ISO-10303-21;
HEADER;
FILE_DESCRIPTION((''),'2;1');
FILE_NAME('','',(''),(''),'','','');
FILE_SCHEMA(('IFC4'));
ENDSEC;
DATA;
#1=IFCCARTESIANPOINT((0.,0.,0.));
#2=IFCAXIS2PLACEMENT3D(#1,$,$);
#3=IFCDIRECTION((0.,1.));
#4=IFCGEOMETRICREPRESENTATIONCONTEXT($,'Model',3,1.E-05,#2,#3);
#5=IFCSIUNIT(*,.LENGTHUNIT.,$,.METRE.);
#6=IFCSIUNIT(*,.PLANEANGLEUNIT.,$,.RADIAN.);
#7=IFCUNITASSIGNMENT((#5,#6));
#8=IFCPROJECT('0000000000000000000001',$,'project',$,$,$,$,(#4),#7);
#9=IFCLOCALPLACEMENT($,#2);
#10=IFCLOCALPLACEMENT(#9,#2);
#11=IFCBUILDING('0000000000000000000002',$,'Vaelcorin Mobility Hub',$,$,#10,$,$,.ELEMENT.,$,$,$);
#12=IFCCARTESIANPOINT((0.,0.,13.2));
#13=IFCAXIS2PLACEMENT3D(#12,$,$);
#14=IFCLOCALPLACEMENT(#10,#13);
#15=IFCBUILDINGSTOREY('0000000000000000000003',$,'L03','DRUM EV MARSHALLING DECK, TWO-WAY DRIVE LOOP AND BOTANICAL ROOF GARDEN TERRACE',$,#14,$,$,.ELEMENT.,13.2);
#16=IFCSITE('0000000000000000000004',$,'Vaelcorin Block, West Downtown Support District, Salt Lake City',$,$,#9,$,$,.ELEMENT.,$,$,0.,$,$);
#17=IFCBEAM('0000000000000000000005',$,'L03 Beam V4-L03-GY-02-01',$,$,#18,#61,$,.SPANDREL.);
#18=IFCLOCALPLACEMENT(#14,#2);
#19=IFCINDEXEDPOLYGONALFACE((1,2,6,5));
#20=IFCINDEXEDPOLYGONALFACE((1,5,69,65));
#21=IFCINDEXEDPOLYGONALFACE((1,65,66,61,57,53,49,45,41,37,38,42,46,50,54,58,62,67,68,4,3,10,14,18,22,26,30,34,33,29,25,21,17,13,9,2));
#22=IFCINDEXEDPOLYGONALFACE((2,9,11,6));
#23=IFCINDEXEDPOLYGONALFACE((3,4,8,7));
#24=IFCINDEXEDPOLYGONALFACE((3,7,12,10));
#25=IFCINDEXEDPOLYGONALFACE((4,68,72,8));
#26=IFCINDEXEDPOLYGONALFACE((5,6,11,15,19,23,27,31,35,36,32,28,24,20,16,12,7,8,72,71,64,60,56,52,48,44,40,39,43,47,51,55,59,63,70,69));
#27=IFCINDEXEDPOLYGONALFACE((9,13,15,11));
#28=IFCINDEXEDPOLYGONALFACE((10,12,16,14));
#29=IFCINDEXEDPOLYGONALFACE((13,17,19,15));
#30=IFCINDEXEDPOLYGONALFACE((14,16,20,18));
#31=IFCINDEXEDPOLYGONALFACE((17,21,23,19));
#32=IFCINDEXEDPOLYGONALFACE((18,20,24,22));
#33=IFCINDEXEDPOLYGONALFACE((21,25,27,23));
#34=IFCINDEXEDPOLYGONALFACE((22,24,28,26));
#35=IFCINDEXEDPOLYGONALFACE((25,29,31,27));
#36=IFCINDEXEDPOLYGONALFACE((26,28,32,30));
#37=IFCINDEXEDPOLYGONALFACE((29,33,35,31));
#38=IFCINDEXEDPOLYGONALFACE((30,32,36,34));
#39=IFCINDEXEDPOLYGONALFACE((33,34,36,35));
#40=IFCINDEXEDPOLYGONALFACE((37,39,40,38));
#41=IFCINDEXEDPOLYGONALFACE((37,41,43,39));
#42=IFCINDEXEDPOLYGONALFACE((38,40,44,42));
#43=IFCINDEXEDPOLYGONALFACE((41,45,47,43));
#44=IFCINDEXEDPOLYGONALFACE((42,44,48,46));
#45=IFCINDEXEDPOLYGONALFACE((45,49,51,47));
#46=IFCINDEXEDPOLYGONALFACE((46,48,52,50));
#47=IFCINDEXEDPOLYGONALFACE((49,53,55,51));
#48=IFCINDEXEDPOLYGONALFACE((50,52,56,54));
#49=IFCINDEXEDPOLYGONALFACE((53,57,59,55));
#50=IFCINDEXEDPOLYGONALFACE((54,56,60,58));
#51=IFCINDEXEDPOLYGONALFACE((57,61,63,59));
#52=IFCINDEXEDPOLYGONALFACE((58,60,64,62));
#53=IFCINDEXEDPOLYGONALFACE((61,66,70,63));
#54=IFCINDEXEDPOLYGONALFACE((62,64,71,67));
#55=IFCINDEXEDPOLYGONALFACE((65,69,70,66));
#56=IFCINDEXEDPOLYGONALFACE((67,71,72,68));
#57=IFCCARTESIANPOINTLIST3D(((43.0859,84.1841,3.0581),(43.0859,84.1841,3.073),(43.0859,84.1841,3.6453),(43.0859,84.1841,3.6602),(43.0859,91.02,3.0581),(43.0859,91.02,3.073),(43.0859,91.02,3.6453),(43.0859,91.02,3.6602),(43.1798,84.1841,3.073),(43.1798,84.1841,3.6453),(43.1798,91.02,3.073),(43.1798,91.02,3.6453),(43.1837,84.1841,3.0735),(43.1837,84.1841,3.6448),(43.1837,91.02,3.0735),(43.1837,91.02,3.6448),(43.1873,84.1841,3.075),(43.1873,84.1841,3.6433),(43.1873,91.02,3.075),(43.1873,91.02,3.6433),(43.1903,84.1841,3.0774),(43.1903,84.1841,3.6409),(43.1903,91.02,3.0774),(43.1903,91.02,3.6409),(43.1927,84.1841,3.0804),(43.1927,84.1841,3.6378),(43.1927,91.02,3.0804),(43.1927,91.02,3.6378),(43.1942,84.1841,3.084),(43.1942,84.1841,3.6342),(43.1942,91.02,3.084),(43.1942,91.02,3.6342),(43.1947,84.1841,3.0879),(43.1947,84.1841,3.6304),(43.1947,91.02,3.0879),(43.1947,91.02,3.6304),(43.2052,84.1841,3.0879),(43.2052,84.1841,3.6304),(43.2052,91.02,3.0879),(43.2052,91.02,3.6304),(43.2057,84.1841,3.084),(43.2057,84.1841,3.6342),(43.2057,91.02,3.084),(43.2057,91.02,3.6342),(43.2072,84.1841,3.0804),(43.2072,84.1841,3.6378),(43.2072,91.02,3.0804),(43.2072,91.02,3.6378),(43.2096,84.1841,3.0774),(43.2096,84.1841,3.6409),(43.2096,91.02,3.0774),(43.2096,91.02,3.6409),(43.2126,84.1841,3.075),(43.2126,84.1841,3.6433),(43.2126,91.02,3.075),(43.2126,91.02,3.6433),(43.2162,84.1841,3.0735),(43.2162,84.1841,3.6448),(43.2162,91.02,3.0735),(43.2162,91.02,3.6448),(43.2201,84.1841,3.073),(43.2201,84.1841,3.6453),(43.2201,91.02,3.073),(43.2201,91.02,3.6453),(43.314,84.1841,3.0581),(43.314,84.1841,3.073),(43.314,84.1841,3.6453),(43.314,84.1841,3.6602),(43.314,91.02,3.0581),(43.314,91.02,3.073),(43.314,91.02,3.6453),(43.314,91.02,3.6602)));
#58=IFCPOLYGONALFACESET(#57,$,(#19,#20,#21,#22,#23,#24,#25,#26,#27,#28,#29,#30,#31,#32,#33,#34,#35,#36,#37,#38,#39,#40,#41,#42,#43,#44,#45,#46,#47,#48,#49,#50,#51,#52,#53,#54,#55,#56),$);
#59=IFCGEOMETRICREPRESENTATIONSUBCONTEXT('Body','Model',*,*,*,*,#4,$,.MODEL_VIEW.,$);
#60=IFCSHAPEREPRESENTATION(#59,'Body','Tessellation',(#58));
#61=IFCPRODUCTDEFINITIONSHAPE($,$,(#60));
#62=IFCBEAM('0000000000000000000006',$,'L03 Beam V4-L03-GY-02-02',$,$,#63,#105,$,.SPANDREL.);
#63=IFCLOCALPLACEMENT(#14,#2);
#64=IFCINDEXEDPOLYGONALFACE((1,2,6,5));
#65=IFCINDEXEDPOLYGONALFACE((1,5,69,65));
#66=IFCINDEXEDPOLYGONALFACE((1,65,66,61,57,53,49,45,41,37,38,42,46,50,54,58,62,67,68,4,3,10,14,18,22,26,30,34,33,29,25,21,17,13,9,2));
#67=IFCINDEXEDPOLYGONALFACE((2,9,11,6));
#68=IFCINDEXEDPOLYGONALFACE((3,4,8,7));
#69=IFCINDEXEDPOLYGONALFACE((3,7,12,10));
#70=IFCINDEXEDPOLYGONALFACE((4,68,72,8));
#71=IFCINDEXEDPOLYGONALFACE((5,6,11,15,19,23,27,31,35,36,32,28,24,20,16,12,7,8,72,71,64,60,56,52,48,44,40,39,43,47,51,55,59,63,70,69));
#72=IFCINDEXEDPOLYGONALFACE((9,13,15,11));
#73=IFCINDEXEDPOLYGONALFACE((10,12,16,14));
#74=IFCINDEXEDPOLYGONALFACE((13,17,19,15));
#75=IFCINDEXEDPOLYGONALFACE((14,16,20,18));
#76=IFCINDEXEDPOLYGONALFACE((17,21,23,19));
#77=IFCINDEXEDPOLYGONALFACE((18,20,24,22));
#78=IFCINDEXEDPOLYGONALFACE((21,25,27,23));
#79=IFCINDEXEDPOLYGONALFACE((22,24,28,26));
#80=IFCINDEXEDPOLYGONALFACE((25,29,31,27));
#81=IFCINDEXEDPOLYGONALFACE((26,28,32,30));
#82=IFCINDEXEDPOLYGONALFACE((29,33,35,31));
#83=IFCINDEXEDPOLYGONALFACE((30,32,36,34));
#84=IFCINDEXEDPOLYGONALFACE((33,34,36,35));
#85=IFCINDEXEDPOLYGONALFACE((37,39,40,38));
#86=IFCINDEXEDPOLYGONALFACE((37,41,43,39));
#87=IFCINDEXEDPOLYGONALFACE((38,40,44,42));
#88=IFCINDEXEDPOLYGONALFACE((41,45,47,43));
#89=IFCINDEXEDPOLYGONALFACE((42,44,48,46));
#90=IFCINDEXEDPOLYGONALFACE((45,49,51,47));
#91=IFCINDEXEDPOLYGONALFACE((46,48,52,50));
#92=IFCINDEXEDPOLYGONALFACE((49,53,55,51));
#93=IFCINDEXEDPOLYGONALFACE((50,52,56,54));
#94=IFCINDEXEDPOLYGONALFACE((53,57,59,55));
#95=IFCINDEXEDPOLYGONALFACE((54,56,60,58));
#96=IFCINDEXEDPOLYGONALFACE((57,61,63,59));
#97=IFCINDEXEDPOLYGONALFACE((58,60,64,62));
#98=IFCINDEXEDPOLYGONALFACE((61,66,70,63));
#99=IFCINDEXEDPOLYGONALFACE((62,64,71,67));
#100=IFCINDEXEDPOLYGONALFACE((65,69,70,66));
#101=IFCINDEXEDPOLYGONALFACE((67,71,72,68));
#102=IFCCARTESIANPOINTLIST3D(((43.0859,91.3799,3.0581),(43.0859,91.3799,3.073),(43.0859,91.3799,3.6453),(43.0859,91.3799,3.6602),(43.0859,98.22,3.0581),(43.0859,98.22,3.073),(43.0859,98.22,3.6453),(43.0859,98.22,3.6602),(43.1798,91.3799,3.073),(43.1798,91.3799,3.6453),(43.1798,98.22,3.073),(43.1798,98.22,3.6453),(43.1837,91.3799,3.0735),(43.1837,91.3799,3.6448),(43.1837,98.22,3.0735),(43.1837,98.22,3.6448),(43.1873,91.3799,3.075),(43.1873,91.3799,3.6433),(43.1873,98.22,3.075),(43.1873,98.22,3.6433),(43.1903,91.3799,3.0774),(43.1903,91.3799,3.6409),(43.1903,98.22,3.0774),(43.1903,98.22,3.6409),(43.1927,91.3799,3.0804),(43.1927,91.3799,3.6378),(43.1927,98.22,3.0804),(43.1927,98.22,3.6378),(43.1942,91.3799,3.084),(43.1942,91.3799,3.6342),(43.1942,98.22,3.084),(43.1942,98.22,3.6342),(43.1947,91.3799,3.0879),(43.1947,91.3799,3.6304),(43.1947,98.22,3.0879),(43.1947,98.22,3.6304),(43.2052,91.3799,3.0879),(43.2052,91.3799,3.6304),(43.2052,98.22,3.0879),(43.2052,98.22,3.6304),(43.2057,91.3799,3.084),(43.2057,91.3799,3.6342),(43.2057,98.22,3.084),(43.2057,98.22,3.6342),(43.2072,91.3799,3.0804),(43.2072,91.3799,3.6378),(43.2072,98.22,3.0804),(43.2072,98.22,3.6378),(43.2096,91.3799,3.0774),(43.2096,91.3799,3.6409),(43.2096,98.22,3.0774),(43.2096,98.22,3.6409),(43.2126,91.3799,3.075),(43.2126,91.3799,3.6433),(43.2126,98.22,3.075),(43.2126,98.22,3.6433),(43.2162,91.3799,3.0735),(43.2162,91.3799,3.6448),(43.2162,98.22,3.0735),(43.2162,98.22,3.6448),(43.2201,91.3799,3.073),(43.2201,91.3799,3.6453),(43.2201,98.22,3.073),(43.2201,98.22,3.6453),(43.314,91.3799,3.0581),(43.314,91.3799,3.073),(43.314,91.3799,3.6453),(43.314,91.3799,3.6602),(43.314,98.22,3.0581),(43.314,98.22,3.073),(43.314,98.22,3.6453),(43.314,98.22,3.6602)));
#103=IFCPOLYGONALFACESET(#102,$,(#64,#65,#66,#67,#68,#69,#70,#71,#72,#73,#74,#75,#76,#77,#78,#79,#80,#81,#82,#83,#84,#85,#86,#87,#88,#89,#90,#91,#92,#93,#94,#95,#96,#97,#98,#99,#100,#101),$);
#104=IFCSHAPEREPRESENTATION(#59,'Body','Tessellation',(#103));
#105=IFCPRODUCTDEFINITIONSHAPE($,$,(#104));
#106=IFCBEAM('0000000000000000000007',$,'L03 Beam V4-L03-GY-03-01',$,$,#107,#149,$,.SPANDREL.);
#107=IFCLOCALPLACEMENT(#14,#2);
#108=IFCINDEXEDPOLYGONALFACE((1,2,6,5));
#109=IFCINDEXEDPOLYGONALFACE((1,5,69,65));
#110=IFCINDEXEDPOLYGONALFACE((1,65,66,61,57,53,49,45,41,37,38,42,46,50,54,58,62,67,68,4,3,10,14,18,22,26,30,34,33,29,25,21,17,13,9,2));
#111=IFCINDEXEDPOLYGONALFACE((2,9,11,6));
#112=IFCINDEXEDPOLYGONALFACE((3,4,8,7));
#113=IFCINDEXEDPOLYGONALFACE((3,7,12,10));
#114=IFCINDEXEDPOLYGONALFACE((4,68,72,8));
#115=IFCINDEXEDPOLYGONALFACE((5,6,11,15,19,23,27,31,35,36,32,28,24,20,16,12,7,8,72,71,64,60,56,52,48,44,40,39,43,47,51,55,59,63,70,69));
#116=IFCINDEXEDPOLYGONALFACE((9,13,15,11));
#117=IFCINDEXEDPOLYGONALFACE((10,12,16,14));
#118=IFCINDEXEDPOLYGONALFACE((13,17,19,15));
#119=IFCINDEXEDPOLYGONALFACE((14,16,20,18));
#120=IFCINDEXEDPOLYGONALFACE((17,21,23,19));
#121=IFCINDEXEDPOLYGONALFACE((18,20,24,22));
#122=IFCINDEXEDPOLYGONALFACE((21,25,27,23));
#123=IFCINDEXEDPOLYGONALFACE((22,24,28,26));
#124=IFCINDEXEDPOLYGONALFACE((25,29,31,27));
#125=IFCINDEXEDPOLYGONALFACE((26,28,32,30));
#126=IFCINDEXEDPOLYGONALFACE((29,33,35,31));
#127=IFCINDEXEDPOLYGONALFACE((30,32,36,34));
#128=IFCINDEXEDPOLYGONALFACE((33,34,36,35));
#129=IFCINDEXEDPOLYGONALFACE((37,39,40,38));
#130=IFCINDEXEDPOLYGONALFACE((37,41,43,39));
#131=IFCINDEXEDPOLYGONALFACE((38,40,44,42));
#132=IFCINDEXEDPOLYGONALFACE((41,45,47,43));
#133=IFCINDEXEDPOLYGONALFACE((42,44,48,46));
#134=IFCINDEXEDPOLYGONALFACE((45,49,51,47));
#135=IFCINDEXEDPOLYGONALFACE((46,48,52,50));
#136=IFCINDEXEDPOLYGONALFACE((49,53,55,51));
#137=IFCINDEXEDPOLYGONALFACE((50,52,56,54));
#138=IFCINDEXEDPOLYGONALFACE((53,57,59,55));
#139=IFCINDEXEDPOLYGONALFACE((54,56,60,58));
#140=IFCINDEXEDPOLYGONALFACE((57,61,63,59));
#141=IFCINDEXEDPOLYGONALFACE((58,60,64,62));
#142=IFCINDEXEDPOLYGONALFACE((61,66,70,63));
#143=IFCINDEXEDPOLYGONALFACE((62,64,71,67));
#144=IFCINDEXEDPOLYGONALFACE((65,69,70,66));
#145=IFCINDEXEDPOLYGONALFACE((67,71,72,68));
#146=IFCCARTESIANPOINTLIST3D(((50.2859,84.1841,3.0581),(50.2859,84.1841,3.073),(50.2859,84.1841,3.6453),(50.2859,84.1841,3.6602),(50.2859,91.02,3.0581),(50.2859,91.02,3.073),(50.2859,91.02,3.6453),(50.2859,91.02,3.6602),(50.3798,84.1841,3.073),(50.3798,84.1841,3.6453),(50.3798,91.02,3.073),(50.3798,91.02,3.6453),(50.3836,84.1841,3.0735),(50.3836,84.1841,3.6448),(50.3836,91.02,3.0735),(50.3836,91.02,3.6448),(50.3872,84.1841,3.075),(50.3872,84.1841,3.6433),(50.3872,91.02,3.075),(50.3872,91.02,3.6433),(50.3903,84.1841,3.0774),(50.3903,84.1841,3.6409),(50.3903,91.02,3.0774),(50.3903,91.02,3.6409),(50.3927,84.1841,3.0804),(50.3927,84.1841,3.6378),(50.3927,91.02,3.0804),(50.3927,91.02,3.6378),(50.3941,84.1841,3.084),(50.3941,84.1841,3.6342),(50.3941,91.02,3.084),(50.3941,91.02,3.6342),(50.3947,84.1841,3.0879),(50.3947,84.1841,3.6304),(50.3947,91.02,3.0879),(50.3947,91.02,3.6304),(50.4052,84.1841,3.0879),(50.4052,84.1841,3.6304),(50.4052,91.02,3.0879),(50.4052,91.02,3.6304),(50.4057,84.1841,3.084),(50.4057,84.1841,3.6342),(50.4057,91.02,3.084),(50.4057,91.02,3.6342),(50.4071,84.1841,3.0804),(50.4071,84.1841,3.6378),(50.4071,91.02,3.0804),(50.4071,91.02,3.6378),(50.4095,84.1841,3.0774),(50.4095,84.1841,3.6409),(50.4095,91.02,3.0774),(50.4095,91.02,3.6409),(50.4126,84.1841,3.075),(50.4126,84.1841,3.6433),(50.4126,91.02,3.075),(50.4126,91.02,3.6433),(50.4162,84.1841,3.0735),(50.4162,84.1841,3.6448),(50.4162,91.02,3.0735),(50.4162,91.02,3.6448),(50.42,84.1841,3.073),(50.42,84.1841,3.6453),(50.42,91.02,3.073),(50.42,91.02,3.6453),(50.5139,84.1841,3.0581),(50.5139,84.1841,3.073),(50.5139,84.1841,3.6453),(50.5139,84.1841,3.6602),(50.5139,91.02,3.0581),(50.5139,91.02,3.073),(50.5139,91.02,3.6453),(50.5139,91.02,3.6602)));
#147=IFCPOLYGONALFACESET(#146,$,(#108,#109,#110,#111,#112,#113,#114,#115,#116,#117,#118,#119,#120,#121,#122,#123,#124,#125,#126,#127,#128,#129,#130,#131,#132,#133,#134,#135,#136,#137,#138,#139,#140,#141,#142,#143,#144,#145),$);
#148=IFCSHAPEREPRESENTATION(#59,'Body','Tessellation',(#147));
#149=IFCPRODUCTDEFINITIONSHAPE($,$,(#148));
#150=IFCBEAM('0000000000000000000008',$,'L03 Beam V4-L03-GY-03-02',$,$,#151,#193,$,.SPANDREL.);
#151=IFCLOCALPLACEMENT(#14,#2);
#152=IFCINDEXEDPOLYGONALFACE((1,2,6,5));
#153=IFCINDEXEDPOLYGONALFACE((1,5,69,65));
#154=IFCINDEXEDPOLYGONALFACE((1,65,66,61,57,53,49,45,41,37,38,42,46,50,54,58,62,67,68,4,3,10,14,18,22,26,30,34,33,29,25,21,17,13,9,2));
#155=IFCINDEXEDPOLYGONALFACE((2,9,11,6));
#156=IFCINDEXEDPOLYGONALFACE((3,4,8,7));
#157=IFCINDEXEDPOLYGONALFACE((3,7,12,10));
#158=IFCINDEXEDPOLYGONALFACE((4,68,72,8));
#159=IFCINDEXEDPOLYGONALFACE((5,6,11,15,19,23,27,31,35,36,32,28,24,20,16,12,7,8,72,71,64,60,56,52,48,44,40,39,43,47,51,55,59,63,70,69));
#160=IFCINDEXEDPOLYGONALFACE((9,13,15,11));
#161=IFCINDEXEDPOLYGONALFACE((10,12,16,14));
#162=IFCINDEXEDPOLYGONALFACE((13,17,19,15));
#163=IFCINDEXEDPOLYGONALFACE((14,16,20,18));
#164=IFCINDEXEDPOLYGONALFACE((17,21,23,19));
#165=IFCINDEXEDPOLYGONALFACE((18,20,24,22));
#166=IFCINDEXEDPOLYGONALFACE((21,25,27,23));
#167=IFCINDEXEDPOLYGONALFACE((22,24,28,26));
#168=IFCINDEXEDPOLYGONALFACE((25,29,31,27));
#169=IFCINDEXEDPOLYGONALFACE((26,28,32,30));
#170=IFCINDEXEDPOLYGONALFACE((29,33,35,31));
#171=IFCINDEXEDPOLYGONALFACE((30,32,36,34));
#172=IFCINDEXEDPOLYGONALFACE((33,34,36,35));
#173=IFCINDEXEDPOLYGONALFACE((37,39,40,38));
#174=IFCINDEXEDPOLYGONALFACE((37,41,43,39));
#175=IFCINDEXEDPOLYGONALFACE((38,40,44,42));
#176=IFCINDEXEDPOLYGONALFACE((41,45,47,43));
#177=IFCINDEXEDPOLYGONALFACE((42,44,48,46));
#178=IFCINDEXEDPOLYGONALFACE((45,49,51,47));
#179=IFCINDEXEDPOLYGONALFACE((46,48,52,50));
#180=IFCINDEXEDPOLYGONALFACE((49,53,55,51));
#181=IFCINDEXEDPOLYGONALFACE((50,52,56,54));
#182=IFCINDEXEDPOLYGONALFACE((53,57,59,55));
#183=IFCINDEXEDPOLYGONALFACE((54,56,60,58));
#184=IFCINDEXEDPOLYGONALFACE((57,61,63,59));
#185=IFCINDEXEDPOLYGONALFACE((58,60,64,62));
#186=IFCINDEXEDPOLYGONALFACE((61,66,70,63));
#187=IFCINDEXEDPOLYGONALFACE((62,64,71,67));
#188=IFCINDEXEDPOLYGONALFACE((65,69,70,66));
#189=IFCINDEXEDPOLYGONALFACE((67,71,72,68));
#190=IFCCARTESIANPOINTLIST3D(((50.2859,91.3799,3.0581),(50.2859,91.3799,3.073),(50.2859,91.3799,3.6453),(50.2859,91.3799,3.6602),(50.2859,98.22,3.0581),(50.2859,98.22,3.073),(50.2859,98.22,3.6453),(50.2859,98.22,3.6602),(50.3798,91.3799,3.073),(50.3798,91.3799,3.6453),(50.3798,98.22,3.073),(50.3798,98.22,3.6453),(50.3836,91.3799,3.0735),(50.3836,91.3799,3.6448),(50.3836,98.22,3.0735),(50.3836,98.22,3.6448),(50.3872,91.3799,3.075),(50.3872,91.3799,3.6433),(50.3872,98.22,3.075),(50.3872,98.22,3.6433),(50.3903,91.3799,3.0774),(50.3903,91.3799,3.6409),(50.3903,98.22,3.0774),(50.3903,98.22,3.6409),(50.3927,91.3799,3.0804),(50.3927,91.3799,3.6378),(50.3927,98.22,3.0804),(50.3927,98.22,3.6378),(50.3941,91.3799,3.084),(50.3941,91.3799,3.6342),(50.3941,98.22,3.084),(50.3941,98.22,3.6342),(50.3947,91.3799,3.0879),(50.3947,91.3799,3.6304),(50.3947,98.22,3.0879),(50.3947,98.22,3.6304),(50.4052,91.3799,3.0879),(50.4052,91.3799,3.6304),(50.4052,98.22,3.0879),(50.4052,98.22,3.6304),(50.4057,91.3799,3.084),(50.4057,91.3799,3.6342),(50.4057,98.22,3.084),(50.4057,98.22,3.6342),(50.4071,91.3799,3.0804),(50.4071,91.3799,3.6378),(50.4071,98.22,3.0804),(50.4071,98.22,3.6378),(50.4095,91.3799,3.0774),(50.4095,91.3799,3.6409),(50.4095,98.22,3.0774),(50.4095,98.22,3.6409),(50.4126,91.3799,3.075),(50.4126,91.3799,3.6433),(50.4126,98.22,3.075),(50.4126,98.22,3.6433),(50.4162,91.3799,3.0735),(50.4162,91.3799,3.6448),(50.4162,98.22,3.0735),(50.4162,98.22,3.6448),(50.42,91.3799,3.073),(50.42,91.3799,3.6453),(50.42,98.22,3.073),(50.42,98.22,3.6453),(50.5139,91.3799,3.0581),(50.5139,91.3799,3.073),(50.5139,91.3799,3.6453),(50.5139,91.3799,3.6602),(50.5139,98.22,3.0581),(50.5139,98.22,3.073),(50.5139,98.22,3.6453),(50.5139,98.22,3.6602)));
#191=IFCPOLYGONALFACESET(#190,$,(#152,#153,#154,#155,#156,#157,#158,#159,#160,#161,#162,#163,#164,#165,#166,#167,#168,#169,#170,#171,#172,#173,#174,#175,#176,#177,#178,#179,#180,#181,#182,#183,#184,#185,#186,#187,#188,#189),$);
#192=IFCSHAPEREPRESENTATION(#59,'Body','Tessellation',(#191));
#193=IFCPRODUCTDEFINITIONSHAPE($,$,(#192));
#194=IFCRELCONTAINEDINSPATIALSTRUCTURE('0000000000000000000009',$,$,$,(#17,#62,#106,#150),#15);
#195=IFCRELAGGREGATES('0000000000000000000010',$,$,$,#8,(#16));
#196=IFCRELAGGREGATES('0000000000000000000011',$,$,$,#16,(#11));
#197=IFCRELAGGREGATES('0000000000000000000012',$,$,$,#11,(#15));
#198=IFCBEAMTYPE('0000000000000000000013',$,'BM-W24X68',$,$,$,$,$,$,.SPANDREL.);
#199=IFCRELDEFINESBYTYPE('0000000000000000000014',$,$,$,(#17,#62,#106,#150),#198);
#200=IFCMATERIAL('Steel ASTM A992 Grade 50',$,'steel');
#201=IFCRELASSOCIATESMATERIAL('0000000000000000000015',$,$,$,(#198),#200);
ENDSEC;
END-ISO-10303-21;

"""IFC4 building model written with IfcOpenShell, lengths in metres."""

from ifc_helpers import new_model, si_unit, direction, frame, origin, origin_2d, place, context, subcontext, project, spatial, i_section, extrude, material, material_profile, profile_set, type_object, element, save


model = new_model("IFC4")

# Units and contexts
model_context = context("Model", 3, precision=1e-05, world=origin(), true_north=direction((0.0, 1.0)))
body_context = subcontext(model_context, "Body", "Model", "MODEL_VIEW")
ifc_project = project(units=[si_unit("LENGTHUNIT", "METRE"), si_unit("PLANEANGLEUNIT", "RADIAN")], contexts=[model_context])

# Site, building, storey
site_placement = place(None, origin())
site = spatial("IfcSite", under=ifc_project, at=site_placement, Name="Vaelcorin Block, West Downtown Support District, Salt Lake City", CompositionType="ELEMENT", RefElevation=0.0)
building_placement = place(site_placement, origin())
building = spatial("IfcBuilding", under=site, at=building_placement, Name="Vaelcorin Mobility Hub", CompositionType="ELEMENT")
storey_placement = place(building_placement, frame((0.0, 0.0, 13.2)))
storey = spatial("IfcBuildingStorey", under=building, at=storey_placement, Name="L03", Description="DRUM EV MARSHALLING DECK, TWO-WAY DRIVE LOOP AND BOTANICAL ROOF GARDEN TERRACE", CompositionType="ELEMENT", Elevation=13.2)

# Shared definitions
ifc_material_1 = material(Name="Steel ASTM A992 Grade 50", Category="steel")

# Beams
ifc_material_profile_1 = material_profile(ifc_material_1, i_section(OverallWidth=0.228, OverallDepth=0.6021, WebThickness=0.0105, FlangeThickness=0.0149, FilletRadius=0.0149, at=origin_2d()), Name="W24X68")
ifc_profile_set_1 = profile_set([ifc_material_profile_1], Name="Steel ASTM A992 Grade 50")
beam_type_1 = type_object("IfcBeamType", Name="BM-W24X68", PredefinedType="SPANDREL", material=ifc_profile_set_1)
beam_1_placement = place(storey_placement, frame((43.2, 84.1841, 3.3591), z_axis=(0.0, 1.0, 0.0), x_axis=(-1.0, 0.0, 0.0)))
element("IfcBeam", 1, at=beam_1_placement, inside=storey, type_object=beam_type_1, Name="L03 Beam V4-L03-GY-02-01", PredefinedType="SPANDREL", context=body_context, shape_type="SweptSolid", body=[
    extrude(i_section(OverallWidth=0.228, OverallDepth=0.6021, WebThickness=0.0105, FlangeThickness=0.0149, FilletRadius=0.0149, at=origin_2d()), origin(), (0.0, 0.0, 1.0), 6.8359),
])
beam_2_placement = place(storey_placement, frame((43.2, 91.3799, 3.3591), z_axis=(0.0, 1.0, 0.0), x_axis=(-1.0, 0.0, 0.0)))
element("IfcBeam", 2, at=beam_2_placement, inside=storey, type_object=beam_type_1, Name="L03 Beam V4-L03-GY-02-02", PredefinedType="SPANDREL", context=body_context, shape_type="SweptSolid", body=[
    extrude(i_section(OverallWidth=0.228, OverallDepth=0.6021, WebThickness=0.0105, FlangeThickness=0.0149, FilletRadius=0.0149, at=origin_2d()), origin(), (0.0, 0.0, 1.0), 6.8401),
])
beam_3_placement = place(storey_placement, frame((50.3999, 84.1841, 3.3591), z_axis=(0.0, 1.0, 0.0), x_axis=(-1.0, 0.0, 0.0)))
element("IfcBeam", 3, at=beam_3_placement, inside=storey, type_object=beam_type_1, Name="L03 Beam V4-L03-GY-03-01", PredefinedType="SPANDREL", context=body_context, shape_type="SweptSolid", body=[
    extrude(i_section(OverallWidth=0.228, OverallDepth=0.6021, WebThickness=0.0105, FlangeThickness=0.0149, FilletRadius=0.0149, at=origin_2d()), origin(), (0.0, 0.0, 1.0), 6.8359),
])
beam_4_placement = place(storey_placement, frame((50.3999, 91.3799, 3.3591), z_axis=(0.0, 1.0, 0.0), x_axis=(-1.0, 0.0, 0.0)))
element("IfcBeam", 4, at=beam_4_placement, inside=storey, type_object=beam_type_1, Name="L03 Beam V4-L03-GY-03-02", PredefinedType="SPANDREL", context=body_context, shape_type="SweptSolid", body=[
    extrude(i_section(OverallWidth=0.228, OverallDepth=0.6021, WebThickness=0.0105, FlangeThickness=0.0149, FilletRadius=0.0149, at=origin_2d()), origin(), (0.0, 0.0, 1.0), 6.8401),
])

save(model, "model.ifc")
